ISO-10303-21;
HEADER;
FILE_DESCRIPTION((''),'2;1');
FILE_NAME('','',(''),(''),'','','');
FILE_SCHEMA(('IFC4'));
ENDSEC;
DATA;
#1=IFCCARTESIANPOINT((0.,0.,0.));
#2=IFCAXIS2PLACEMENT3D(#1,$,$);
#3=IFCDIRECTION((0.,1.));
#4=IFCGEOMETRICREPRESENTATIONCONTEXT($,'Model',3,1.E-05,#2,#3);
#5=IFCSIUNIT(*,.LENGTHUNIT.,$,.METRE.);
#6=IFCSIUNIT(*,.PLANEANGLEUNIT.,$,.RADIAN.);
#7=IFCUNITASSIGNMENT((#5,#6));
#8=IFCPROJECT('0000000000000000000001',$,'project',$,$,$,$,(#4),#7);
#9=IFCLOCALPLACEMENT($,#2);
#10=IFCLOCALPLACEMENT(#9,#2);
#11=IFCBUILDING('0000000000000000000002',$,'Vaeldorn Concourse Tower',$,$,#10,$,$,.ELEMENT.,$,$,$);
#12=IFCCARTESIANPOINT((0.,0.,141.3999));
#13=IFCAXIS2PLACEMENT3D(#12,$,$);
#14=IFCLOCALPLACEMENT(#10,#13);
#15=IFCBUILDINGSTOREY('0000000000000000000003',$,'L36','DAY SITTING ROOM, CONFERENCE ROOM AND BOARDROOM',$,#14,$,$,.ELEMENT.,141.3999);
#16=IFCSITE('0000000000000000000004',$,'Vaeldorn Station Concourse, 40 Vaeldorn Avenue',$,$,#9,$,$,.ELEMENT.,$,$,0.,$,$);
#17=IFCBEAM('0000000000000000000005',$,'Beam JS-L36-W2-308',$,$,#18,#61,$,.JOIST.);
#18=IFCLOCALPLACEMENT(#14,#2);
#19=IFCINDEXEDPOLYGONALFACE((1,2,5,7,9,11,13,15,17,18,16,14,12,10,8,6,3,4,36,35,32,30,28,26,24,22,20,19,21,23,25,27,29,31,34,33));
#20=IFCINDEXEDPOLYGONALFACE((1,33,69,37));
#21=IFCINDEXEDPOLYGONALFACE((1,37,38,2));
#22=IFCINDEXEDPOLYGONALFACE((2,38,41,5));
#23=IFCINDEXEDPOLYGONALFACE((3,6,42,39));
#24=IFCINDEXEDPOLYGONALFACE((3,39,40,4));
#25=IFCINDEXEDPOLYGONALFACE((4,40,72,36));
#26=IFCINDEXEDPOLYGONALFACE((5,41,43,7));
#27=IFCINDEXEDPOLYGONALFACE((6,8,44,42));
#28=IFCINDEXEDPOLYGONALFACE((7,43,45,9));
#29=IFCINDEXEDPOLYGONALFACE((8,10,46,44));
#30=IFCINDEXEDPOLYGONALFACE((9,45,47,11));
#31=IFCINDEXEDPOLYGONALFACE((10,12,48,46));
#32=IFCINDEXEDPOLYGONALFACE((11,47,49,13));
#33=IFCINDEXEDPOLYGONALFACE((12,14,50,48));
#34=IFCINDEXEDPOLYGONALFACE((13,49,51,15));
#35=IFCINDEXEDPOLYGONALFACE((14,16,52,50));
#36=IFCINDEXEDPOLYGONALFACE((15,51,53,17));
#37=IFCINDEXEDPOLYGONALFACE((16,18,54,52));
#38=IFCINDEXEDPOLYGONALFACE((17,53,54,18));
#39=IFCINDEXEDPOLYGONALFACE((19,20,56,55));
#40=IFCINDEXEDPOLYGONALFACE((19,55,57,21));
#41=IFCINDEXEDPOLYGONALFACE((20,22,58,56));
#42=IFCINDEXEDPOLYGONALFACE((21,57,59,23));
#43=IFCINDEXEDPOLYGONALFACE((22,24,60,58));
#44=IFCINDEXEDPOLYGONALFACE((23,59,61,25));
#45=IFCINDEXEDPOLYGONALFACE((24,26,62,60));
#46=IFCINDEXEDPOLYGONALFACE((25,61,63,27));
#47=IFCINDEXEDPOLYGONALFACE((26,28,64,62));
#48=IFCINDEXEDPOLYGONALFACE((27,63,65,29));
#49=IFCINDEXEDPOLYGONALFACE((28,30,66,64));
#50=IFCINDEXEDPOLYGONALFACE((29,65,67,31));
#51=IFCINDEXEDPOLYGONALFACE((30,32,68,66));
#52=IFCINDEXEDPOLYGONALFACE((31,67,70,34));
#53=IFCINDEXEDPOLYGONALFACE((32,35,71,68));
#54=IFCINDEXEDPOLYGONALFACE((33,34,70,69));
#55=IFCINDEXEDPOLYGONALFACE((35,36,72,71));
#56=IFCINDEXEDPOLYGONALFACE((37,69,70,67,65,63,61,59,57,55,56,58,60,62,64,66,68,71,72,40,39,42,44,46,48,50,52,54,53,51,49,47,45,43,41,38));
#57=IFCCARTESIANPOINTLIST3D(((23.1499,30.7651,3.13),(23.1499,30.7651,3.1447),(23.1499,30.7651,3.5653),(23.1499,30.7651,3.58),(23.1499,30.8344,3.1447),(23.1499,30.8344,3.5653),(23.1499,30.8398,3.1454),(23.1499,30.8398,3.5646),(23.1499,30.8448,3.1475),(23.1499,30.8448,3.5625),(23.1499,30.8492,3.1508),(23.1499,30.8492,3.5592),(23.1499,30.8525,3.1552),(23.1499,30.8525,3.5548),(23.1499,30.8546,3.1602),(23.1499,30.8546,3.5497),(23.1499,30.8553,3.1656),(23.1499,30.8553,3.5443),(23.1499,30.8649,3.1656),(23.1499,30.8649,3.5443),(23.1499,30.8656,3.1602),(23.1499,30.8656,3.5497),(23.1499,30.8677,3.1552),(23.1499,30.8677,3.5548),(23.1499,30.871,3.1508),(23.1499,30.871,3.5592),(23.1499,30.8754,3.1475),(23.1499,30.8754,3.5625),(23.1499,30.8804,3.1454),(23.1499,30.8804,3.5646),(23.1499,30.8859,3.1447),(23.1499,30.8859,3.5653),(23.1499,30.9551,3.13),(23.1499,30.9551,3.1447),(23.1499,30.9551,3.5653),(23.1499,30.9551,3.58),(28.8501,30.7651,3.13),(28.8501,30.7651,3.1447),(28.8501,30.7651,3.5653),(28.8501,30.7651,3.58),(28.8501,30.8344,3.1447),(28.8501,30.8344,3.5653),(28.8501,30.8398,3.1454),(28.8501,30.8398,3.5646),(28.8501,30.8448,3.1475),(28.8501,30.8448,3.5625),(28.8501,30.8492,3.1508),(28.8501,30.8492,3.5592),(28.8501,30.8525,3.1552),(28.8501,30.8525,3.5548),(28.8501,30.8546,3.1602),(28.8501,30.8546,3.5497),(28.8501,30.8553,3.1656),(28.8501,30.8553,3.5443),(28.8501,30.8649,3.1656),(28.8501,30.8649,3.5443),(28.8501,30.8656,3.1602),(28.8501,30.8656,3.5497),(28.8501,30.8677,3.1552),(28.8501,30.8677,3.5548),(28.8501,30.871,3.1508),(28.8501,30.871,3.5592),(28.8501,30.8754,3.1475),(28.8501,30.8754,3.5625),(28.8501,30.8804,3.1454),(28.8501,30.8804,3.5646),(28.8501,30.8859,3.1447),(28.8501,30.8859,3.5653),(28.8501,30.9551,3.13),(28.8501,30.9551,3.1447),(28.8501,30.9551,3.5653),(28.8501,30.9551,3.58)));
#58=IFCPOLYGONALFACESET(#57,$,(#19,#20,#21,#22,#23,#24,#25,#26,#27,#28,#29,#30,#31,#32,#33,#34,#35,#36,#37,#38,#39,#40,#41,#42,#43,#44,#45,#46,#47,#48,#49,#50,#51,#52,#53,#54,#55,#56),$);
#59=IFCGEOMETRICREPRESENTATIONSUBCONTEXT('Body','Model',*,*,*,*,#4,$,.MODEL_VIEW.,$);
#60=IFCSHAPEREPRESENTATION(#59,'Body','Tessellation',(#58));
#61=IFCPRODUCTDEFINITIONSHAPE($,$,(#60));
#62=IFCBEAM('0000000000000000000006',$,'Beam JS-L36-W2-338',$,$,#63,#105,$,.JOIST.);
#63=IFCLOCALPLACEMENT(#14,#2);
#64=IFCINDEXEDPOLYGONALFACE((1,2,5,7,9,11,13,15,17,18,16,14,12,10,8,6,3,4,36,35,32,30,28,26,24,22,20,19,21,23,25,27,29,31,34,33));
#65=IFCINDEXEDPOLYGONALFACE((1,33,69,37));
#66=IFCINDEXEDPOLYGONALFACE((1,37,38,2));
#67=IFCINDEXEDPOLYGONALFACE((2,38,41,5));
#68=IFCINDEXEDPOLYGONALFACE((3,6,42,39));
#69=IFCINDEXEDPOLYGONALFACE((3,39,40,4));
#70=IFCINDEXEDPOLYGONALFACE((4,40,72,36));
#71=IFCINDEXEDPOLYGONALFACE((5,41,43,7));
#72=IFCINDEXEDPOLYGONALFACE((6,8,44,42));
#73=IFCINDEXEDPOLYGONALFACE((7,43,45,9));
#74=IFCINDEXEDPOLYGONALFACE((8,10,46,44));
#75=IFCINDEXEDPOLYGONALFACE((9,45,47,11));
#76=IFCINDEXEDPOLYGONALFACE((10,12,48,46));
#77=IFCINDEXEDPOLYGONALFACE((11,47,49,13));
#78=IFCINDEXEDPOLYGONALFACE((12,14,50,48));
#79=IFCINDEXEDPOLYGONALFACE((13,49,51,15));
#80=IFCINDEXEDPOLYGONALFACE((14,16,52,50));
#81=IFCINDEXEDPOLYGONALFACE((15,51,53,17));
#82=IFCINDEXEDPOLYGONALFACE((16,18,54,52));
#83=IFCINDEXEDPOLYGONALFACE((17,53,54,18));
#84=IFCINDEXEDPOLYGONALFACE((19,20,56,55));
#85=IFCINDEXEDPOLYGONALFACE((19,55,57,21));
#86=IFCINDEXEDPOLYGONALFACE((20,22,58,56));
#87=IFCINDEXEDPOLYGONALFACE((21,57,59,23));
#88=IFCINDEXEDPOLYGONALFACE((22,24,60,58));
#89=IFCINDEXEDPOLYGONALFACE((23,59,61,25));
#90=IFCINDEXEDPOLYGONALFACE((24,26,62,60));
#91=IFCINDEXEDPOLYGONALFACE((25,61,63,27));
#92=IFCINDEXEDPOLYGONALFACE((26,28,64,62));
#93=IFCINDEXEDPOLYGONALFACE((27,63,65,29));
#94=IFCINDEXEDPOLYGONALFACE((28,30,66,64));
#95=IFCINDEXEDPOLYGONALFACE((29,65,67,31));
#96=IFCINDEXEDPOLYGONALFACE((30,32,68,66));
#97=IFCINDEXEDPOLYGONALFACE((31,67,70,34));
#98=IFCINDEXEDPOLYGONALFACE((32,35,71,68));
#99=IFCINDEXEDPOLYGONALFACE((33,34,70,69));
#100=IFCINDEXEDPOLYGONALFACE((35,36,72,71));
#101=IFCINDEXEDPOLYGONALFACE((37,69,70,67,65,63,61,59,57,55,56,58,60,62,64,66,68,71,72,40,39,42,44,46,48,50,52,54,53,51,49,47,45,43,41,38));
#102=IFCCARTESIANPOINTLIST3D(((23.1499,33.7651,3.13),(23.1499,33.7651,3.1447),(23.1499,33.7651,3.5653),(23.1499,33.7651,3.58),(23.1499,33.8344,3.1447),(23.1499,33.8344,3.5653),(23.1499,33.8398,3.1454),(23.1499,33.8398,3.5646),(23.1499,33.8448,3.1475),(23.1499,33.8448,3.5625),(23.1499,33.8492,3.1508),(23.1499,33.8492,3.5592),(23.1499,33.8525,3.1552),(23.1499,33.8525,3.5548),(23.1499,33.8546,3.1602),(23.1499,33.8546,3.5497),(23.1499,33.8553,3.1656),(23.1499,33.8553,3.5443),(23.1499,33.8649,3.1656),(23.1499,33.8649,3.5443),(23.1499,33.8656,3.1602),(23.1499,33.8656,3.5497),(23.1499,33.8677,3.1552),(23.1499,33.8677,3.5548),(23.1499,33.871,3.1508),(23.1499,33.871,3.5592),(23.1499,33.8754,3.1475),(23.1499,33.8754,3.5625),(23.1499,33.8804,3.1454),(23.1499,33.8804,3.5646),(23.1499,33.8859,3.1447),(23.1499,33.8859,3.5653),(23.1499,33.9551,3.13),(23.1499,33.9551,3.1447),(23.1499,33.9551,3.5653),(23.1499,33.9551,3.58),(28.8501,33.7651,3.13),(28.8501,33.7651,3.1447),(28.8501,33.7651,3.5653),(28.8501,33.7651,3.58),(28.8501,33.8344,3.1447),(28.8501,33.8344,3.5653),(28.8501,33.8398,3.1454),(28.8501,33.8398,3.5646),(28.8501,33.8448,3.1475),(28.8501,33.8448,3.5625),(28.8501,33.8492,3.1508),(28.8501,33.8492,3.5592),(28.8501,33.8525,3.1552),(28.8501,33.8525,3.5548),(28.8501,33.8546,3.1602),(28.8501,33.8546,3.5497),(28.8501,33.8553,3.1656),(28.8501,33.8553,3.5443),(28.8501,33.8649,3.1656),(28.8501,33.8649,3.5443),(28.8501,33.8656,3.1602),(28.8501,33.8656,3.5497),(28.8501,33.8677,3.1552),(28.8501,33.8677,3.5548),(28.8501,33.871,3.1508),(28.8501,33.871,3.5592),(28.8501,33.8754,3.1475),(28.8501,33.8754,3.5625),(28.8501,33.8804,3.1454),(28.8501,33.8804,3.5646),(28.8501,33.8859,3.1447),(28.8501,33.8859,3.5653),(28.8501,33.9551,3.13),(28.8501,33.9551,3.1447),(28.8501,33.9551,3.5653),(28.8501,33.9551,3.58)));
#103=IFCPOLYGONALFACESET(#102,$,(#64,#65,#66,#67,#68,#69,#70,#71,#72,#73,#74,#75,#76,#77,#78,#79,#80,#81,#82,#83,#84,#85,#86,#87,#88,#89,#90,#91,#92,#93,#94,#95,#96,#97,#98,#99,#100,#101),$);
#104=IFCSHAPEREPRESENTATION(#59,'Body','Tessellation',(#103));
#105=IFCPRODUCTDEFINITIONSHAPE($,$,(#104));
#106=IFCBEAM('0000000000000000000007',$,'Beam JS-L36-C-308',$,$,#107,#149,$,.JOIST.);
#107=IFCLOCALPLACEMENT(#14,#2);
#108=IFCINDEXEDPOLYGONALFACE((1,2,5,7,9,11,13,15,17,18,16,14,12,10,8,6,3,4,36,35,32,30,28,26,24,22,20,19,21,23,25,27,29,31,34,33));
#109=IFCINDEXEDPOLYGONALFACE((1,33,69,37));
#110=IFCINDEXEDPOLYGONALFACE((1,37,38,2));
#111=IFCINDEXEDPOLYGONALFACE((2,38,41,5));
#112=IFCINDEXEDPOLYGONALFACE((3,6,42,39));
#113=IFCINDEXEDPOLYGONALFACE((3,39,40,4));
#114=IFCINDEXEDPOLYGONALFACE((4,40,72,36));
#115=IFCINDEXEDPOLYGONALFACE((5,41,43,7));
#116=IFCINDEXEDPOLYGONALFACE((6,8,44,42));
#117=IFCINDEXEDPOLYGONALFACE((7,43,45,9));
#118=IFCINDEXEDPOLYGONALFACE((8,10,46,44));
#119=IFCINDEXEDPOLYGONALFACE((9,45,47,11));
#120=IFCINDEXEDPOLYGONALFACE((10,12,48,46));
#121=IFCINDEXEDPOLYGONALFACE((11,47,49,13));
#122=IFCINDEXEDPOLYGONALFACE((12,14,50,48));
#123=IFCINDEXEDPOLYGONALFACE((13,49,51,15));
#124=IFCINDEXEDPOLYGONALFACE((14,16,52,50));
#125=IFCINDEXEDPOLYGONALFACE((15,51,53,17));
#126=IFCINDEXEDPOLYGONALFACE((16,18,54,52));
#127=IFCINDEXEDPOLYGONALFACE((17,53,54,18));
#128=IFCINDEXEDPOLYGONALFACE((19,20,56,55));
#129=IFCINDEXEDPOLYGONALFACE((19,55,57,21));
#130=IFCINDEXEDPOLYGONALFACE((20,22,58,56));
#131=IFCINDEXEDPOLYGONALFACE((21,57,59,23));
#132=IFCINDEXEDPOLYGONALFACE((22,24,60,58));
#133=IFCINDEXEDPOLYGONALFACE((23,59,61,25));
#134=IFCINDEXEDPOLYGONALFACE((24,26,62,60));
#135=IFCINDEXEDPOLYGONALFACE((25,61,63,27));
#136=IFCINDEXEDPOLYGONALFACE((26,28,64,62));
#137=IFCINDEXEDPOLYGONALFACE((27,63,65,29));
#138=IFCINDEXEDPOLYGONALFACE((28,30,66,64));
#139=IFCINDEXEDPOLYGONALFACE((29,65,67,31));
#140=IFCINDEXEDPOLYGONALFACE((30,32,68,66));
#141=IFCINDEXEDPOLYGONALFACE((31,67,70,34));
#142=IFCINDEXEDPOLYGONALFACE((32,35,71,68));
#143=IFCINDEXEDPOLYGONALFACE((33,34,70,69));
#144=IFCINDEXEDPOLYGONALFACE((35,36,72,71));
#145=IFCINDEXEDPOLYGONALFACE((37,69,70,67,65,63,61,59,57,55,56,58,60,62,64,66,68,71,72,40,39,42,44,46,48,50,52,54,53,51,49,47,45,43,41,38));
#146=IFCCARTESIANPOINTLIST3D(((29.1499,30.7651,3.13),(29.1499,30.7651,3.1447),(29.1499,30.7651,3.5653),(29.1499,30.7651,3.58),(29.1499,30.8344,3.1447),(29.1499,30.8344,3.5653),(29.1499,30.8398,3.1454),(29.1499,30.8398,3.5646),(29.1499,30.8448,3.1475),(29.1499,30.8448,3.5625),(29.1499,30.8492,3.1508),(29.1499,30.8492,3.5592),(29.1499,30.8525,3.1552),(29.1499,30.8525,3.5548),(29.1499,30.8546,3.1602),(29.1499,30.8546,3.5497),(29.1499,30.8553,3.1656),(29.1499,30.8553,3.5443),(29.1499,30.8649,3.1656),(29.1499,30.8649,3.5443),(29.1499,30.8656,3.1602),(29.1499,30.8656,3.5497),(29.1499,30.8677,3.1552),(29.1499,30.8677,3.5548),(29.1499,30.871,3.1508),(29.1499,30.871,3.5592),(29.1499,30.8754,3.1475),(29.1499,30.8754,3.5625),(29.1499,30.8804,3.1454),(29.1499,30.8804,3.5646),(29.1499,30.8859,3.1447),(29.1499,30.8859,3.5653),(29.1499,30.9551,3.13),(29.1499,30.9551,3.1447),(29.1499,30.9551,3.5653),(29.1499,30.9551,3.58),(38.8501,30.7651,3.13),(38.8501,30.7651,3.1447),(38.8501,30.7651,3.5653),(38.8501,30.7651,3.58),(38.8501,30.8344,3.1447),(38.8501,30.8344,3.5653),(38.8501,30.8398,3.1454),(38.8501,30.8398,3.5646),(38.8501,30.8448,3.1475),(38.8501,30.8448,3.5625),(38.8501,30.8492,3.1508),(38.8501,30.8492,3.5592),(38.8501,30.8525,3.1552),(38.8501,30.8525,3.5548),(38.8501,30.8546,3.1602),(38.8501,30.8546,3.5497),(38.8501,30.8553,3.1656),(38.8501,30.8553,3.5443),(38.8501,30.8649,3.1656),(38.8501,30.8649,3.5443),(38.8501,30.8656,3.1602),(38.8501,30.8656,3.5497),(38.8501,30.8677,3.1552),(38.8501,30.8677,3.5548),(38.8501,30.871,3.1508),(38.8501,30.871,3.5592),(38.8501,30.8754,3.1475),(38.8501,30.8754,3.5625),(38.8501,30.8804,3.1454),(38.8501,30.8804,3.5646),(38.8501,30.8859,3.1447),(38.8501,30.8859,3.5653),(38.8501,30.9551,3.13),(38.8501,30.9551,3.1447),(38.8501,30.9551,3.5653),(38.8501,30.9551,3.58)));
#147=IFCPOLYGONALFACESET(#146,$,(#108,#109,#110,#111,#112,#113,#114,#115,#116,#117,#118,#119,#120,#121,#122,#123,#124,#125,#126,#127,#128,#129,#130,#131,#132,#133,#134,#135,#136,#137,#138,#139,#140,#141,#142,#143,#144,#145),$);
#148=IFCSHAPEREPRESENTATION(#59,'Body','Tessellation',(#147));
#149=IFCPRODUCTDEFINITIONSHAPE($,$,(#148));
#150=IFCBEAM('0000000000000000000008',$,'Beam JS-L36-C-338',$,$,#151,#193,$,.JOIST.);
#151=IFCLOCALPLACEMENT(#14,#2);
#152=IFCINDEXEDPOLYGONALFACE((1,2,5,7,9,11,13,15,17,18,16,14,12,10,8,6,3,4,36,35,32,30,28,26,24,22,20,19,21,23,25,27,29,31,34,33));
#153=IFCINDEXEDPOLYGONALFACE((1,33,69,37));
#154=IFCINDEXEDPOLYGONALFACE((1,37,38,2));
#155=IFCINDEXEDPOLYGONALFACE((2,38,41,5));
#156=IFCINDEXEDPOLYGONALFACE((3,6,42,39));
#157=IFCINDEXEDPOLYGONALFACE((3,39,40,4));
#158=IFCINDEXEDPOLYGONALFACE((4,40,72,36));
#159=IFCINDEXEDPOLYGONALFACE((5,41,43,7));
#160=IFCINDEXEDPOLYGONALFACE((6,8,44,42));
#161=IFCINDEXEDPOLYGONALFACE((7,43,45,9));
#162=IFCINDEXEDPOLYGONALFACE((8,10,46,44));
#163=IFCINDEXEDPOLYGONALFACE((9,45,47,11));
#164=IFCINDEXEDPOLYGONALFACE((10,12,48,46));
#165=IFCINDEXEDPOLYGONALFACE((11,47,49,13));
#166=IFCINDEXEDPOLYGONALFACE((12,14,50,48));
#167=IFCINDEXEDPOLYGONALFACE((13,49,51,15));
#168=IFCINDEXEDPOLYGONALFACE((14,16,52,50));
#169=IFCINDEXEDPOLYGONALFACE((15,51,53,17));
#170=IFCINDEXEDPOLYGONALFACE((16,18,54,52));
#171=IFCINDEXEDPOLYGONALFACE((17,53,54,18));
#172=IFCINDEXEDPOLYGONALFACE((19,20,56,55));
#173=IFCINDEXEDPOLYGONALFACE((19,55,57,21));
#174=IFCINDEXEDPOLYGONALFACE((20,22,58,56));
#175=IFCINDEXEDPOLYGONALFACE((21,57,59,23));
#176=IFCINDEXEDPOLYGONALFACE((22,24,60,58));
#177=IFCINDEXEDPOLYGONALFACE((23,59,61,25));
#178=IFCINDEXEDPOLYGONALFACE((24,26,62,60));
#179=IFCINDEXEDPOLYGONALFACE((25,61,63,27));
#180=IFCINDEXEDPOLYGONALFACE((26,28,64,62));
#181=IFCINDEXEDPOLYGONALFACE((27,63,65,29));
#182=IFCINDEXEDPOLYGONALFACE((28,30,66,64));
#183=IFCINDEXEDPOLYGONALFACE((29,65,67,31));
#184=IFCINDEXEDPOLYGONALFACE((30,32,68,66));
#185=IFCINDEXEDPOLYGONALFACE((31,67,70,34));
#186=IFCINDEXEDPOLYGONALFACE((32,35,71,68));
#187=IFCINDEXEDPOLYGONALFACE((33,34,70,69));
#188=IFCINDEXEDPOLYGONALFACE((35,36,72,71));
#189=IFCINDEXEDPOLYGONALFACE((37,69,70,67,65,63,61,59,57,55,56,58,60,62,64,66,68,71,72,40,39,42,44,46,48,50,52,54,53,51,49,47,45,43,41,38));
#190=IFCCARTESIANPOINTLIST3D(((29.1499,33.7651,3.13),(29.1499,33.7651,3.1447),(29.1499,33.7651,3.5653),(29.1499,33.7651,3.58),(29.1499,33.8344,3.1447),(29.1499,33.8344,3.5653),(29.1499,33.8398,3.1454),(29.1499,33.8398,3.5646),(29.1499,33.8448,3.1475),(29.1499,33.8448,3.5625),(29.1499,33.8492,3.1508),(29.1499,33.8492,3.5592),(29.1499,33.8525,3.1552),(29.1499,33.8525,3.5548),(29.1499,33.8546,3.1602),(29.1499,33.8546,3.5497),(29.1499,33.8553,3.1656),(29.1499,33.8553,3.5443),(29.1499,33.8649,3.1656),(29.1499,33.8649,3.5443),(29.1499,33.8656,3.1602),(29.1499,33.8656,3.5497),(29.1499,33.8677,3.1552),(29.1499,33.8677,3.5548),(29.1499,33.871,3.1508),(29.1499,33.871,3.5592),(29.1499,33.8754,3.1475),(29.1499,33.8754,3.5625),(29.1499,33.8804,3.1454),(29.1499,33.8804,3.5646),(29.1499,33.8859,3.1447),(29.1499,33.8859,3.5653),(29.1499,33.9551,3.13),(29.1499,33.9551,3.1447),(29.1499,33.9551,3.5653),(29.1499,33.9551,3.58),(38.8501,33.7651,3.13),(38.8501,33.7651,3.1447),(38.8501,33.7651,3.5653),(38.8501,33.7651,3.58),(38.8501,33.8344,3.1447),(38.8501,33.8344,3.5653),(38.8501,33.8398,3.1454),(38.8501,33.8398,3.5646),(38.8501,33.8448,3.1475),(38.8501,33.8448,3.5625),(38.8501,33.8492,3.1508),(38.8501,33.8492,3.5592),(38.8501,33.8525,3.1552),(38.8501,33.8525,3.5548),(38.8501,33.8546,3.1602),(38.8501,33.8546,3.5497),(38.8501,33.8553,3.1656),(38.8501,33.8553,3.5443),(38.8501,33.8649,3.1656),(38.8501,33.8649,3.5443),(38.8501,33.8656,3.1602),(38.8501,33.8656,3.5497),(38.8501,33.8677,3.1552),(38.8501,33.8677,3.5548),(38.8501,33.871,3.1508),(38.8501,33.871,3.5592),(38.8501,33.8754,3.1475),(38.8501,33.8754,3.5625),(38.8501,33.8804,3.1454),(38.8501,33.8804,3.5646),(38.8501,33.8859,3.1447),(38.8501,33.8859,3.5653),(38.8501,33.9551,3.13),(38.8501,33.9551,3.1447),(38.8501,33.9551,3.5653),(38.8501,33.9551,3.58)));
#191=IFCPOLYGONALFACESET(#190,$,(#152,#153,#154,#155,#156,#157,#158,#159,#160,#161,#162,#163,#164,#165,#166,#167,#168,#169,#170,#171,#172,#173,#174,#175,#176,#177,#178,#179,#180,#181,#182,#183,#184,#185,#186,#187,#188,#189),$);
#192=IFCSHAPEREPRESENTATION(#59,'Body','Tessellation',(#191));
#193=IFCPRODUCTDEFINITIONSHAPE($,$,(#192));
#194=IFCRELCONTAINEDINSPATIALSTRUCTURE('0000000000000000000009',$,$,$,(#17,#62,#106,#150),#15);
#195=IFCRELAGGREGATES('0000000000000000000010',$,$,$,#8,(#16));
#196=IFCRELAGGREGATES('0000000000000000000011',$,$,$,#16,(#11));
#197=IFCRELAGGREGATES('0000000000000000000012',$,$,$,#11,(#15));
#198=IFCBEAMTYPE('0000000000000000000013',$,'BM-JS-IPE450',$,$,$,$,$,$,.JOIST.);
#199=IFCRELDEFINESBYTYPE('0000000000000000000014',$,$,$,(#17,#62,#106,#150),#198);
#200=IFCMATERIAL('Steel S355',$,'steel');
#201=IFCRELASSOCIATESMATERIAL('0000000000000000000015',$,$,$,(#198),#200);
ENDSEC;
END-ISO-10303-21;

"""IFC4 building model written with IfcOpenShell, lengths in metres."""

from ifc_helpers import new_model, si_unit, direction, frame, origin, origin_2d, place, context, subcontext, project, spatial, i_section, extrude, source, transform, mapped, material, material_profile, profile_set, type_object, element, save


model = new_model("IFC4")

# Units and contexts
model_context = context("Model", 3, precision=1e-05, world=origin(), true_north=direction((0.0, 1.0)))
body_context = subcontext(model_context, "Body", "Model", "MODEL_VIEW")
ifc_project = project(units=[si_unit("LENGTHUNIT", "METRE"), si_unit("PLANEANGLEUNIT", "RADIAN")], contexts=[model_context])

# Site, building, storey
site_placement = place(None, origin())
site = spatial("IfcSite", under=ifc_project, at=site_placement, Name="Vaeldorn Station Concourse, 40 Vaeldorn Avenue", CompositionType="ELEMENT", RefElevation=0.0)
building_placement = place(site_placement, origin())
building = spatial("IfcBuilding", under=site, at=building_placement, Name="Vaeldorn Concourse Tower", CompositionType="ELEMENT")
storey_placement = place(building_placement, frame((0.0, 0.0, 141.3999)))
storey = spatial("IfcBuildingStorey", under=building, at=storey_placement, Name="L36", Description="DAY SITTING ROOM, CONFERENCE ROOM AND BOARDROOM", CompositionType="ELEMENT", Elevation=141.3999)

# Beams
ifc_material_1 = material(Name="Steel S355", Category="steel")
ifc_material_profile_1 = material_profile(ifc_material_1, i_section(OverallWidth=0.1899, OverallDepth=0.45, WebThickness=0.0095, FlangeThickness=0.0146, FilletRadius=0.021, at=origin_2d()), Name="IPE 450")
ifc_profile_set_1 = profile_set([ifc_material_profile_1], Name="Steel S355")
beam_type_1 = type_object("IfcBeamType", Name="BM-JS-IPE450", PredefinedType="JOIST", material=ifc_profile_set_1)
shared_shape_1 = source(origin(), body_context, "Body", "SweptSolid", [
    extrude(i_section(OverallWidth=0.1899, OverallDepth=0.45, WebThickness=0.0095, FlangeThickness=0.0146, FilletRadius=0.021, at=origin_2d()), origin(), (0.0, 0.0, 1.0), 5.7002),
])
for number, where, z_axis, x_axis, name in (
    (1, (23.1499, 30.8601, 3.355), (1.0, 0.0, 0.0), (0.0, 1.0, 0.0), "Beam JS-L36-W2-308"),
    (2, (23.1499, 33.8601, 3.355), (1.0, 0.0, 0.0), (0.0, 1.0, 0.0), "Beam JS-L36-W2-338"),
):
    element("IfcBeam", number, at=place(storey_placement, frame(where, z_axis=z_axis, x_axis=x_axis)), inside=storey, type_object=beam_type_1, Name=name, PredefinedType="JOIST", context=body_context, shape_type="MappedRepresentation", body=[
        mapped(shared_shape_1, transform((0.0, 0.0, 0.0), scale=1.0)),
    ])
shared_shape_2 = source(origin(), body_context, "Body", "SweptSolid", [
    extrude(i_section(OverallWidth=0.1899, OverallDepth=0.45, WebThickness=0.0095, FlangeThickness=0.0146, FilletRadius=0.021, at=origin_2d()), origin(), (0.0, 0.0, 1.0), 9.7002),
])
for number, where, z_axis, x_axis, name in (
    (3, (29.1499, 30.8601, 3.355), (1.0, 0.0, 0.0), (0.0, 1.0, 0.0), "Beam JS-L36-C-308"),
    (4, (29.1499, 33.8601, 3.355), (1.0, 0.0, 0.0), (0.0, 1.0, 0.0), "Beam JS-L36-C-338"),
):
    element("IfcBeam", number, at=place(storey_placement, frame(where, z_axis=z_axis, x_axis=x_axis)), inside=storey, type_object=beam_type_1, Name=name, PredefinedType="JOIST", context=body_context, shape_type="MappedRepresentation", body=[
        mapped(shared_shape_2, transform((0.0, 0.0, 0.0), scale=1.0)),
    ])

save(model, "model.ifc")
